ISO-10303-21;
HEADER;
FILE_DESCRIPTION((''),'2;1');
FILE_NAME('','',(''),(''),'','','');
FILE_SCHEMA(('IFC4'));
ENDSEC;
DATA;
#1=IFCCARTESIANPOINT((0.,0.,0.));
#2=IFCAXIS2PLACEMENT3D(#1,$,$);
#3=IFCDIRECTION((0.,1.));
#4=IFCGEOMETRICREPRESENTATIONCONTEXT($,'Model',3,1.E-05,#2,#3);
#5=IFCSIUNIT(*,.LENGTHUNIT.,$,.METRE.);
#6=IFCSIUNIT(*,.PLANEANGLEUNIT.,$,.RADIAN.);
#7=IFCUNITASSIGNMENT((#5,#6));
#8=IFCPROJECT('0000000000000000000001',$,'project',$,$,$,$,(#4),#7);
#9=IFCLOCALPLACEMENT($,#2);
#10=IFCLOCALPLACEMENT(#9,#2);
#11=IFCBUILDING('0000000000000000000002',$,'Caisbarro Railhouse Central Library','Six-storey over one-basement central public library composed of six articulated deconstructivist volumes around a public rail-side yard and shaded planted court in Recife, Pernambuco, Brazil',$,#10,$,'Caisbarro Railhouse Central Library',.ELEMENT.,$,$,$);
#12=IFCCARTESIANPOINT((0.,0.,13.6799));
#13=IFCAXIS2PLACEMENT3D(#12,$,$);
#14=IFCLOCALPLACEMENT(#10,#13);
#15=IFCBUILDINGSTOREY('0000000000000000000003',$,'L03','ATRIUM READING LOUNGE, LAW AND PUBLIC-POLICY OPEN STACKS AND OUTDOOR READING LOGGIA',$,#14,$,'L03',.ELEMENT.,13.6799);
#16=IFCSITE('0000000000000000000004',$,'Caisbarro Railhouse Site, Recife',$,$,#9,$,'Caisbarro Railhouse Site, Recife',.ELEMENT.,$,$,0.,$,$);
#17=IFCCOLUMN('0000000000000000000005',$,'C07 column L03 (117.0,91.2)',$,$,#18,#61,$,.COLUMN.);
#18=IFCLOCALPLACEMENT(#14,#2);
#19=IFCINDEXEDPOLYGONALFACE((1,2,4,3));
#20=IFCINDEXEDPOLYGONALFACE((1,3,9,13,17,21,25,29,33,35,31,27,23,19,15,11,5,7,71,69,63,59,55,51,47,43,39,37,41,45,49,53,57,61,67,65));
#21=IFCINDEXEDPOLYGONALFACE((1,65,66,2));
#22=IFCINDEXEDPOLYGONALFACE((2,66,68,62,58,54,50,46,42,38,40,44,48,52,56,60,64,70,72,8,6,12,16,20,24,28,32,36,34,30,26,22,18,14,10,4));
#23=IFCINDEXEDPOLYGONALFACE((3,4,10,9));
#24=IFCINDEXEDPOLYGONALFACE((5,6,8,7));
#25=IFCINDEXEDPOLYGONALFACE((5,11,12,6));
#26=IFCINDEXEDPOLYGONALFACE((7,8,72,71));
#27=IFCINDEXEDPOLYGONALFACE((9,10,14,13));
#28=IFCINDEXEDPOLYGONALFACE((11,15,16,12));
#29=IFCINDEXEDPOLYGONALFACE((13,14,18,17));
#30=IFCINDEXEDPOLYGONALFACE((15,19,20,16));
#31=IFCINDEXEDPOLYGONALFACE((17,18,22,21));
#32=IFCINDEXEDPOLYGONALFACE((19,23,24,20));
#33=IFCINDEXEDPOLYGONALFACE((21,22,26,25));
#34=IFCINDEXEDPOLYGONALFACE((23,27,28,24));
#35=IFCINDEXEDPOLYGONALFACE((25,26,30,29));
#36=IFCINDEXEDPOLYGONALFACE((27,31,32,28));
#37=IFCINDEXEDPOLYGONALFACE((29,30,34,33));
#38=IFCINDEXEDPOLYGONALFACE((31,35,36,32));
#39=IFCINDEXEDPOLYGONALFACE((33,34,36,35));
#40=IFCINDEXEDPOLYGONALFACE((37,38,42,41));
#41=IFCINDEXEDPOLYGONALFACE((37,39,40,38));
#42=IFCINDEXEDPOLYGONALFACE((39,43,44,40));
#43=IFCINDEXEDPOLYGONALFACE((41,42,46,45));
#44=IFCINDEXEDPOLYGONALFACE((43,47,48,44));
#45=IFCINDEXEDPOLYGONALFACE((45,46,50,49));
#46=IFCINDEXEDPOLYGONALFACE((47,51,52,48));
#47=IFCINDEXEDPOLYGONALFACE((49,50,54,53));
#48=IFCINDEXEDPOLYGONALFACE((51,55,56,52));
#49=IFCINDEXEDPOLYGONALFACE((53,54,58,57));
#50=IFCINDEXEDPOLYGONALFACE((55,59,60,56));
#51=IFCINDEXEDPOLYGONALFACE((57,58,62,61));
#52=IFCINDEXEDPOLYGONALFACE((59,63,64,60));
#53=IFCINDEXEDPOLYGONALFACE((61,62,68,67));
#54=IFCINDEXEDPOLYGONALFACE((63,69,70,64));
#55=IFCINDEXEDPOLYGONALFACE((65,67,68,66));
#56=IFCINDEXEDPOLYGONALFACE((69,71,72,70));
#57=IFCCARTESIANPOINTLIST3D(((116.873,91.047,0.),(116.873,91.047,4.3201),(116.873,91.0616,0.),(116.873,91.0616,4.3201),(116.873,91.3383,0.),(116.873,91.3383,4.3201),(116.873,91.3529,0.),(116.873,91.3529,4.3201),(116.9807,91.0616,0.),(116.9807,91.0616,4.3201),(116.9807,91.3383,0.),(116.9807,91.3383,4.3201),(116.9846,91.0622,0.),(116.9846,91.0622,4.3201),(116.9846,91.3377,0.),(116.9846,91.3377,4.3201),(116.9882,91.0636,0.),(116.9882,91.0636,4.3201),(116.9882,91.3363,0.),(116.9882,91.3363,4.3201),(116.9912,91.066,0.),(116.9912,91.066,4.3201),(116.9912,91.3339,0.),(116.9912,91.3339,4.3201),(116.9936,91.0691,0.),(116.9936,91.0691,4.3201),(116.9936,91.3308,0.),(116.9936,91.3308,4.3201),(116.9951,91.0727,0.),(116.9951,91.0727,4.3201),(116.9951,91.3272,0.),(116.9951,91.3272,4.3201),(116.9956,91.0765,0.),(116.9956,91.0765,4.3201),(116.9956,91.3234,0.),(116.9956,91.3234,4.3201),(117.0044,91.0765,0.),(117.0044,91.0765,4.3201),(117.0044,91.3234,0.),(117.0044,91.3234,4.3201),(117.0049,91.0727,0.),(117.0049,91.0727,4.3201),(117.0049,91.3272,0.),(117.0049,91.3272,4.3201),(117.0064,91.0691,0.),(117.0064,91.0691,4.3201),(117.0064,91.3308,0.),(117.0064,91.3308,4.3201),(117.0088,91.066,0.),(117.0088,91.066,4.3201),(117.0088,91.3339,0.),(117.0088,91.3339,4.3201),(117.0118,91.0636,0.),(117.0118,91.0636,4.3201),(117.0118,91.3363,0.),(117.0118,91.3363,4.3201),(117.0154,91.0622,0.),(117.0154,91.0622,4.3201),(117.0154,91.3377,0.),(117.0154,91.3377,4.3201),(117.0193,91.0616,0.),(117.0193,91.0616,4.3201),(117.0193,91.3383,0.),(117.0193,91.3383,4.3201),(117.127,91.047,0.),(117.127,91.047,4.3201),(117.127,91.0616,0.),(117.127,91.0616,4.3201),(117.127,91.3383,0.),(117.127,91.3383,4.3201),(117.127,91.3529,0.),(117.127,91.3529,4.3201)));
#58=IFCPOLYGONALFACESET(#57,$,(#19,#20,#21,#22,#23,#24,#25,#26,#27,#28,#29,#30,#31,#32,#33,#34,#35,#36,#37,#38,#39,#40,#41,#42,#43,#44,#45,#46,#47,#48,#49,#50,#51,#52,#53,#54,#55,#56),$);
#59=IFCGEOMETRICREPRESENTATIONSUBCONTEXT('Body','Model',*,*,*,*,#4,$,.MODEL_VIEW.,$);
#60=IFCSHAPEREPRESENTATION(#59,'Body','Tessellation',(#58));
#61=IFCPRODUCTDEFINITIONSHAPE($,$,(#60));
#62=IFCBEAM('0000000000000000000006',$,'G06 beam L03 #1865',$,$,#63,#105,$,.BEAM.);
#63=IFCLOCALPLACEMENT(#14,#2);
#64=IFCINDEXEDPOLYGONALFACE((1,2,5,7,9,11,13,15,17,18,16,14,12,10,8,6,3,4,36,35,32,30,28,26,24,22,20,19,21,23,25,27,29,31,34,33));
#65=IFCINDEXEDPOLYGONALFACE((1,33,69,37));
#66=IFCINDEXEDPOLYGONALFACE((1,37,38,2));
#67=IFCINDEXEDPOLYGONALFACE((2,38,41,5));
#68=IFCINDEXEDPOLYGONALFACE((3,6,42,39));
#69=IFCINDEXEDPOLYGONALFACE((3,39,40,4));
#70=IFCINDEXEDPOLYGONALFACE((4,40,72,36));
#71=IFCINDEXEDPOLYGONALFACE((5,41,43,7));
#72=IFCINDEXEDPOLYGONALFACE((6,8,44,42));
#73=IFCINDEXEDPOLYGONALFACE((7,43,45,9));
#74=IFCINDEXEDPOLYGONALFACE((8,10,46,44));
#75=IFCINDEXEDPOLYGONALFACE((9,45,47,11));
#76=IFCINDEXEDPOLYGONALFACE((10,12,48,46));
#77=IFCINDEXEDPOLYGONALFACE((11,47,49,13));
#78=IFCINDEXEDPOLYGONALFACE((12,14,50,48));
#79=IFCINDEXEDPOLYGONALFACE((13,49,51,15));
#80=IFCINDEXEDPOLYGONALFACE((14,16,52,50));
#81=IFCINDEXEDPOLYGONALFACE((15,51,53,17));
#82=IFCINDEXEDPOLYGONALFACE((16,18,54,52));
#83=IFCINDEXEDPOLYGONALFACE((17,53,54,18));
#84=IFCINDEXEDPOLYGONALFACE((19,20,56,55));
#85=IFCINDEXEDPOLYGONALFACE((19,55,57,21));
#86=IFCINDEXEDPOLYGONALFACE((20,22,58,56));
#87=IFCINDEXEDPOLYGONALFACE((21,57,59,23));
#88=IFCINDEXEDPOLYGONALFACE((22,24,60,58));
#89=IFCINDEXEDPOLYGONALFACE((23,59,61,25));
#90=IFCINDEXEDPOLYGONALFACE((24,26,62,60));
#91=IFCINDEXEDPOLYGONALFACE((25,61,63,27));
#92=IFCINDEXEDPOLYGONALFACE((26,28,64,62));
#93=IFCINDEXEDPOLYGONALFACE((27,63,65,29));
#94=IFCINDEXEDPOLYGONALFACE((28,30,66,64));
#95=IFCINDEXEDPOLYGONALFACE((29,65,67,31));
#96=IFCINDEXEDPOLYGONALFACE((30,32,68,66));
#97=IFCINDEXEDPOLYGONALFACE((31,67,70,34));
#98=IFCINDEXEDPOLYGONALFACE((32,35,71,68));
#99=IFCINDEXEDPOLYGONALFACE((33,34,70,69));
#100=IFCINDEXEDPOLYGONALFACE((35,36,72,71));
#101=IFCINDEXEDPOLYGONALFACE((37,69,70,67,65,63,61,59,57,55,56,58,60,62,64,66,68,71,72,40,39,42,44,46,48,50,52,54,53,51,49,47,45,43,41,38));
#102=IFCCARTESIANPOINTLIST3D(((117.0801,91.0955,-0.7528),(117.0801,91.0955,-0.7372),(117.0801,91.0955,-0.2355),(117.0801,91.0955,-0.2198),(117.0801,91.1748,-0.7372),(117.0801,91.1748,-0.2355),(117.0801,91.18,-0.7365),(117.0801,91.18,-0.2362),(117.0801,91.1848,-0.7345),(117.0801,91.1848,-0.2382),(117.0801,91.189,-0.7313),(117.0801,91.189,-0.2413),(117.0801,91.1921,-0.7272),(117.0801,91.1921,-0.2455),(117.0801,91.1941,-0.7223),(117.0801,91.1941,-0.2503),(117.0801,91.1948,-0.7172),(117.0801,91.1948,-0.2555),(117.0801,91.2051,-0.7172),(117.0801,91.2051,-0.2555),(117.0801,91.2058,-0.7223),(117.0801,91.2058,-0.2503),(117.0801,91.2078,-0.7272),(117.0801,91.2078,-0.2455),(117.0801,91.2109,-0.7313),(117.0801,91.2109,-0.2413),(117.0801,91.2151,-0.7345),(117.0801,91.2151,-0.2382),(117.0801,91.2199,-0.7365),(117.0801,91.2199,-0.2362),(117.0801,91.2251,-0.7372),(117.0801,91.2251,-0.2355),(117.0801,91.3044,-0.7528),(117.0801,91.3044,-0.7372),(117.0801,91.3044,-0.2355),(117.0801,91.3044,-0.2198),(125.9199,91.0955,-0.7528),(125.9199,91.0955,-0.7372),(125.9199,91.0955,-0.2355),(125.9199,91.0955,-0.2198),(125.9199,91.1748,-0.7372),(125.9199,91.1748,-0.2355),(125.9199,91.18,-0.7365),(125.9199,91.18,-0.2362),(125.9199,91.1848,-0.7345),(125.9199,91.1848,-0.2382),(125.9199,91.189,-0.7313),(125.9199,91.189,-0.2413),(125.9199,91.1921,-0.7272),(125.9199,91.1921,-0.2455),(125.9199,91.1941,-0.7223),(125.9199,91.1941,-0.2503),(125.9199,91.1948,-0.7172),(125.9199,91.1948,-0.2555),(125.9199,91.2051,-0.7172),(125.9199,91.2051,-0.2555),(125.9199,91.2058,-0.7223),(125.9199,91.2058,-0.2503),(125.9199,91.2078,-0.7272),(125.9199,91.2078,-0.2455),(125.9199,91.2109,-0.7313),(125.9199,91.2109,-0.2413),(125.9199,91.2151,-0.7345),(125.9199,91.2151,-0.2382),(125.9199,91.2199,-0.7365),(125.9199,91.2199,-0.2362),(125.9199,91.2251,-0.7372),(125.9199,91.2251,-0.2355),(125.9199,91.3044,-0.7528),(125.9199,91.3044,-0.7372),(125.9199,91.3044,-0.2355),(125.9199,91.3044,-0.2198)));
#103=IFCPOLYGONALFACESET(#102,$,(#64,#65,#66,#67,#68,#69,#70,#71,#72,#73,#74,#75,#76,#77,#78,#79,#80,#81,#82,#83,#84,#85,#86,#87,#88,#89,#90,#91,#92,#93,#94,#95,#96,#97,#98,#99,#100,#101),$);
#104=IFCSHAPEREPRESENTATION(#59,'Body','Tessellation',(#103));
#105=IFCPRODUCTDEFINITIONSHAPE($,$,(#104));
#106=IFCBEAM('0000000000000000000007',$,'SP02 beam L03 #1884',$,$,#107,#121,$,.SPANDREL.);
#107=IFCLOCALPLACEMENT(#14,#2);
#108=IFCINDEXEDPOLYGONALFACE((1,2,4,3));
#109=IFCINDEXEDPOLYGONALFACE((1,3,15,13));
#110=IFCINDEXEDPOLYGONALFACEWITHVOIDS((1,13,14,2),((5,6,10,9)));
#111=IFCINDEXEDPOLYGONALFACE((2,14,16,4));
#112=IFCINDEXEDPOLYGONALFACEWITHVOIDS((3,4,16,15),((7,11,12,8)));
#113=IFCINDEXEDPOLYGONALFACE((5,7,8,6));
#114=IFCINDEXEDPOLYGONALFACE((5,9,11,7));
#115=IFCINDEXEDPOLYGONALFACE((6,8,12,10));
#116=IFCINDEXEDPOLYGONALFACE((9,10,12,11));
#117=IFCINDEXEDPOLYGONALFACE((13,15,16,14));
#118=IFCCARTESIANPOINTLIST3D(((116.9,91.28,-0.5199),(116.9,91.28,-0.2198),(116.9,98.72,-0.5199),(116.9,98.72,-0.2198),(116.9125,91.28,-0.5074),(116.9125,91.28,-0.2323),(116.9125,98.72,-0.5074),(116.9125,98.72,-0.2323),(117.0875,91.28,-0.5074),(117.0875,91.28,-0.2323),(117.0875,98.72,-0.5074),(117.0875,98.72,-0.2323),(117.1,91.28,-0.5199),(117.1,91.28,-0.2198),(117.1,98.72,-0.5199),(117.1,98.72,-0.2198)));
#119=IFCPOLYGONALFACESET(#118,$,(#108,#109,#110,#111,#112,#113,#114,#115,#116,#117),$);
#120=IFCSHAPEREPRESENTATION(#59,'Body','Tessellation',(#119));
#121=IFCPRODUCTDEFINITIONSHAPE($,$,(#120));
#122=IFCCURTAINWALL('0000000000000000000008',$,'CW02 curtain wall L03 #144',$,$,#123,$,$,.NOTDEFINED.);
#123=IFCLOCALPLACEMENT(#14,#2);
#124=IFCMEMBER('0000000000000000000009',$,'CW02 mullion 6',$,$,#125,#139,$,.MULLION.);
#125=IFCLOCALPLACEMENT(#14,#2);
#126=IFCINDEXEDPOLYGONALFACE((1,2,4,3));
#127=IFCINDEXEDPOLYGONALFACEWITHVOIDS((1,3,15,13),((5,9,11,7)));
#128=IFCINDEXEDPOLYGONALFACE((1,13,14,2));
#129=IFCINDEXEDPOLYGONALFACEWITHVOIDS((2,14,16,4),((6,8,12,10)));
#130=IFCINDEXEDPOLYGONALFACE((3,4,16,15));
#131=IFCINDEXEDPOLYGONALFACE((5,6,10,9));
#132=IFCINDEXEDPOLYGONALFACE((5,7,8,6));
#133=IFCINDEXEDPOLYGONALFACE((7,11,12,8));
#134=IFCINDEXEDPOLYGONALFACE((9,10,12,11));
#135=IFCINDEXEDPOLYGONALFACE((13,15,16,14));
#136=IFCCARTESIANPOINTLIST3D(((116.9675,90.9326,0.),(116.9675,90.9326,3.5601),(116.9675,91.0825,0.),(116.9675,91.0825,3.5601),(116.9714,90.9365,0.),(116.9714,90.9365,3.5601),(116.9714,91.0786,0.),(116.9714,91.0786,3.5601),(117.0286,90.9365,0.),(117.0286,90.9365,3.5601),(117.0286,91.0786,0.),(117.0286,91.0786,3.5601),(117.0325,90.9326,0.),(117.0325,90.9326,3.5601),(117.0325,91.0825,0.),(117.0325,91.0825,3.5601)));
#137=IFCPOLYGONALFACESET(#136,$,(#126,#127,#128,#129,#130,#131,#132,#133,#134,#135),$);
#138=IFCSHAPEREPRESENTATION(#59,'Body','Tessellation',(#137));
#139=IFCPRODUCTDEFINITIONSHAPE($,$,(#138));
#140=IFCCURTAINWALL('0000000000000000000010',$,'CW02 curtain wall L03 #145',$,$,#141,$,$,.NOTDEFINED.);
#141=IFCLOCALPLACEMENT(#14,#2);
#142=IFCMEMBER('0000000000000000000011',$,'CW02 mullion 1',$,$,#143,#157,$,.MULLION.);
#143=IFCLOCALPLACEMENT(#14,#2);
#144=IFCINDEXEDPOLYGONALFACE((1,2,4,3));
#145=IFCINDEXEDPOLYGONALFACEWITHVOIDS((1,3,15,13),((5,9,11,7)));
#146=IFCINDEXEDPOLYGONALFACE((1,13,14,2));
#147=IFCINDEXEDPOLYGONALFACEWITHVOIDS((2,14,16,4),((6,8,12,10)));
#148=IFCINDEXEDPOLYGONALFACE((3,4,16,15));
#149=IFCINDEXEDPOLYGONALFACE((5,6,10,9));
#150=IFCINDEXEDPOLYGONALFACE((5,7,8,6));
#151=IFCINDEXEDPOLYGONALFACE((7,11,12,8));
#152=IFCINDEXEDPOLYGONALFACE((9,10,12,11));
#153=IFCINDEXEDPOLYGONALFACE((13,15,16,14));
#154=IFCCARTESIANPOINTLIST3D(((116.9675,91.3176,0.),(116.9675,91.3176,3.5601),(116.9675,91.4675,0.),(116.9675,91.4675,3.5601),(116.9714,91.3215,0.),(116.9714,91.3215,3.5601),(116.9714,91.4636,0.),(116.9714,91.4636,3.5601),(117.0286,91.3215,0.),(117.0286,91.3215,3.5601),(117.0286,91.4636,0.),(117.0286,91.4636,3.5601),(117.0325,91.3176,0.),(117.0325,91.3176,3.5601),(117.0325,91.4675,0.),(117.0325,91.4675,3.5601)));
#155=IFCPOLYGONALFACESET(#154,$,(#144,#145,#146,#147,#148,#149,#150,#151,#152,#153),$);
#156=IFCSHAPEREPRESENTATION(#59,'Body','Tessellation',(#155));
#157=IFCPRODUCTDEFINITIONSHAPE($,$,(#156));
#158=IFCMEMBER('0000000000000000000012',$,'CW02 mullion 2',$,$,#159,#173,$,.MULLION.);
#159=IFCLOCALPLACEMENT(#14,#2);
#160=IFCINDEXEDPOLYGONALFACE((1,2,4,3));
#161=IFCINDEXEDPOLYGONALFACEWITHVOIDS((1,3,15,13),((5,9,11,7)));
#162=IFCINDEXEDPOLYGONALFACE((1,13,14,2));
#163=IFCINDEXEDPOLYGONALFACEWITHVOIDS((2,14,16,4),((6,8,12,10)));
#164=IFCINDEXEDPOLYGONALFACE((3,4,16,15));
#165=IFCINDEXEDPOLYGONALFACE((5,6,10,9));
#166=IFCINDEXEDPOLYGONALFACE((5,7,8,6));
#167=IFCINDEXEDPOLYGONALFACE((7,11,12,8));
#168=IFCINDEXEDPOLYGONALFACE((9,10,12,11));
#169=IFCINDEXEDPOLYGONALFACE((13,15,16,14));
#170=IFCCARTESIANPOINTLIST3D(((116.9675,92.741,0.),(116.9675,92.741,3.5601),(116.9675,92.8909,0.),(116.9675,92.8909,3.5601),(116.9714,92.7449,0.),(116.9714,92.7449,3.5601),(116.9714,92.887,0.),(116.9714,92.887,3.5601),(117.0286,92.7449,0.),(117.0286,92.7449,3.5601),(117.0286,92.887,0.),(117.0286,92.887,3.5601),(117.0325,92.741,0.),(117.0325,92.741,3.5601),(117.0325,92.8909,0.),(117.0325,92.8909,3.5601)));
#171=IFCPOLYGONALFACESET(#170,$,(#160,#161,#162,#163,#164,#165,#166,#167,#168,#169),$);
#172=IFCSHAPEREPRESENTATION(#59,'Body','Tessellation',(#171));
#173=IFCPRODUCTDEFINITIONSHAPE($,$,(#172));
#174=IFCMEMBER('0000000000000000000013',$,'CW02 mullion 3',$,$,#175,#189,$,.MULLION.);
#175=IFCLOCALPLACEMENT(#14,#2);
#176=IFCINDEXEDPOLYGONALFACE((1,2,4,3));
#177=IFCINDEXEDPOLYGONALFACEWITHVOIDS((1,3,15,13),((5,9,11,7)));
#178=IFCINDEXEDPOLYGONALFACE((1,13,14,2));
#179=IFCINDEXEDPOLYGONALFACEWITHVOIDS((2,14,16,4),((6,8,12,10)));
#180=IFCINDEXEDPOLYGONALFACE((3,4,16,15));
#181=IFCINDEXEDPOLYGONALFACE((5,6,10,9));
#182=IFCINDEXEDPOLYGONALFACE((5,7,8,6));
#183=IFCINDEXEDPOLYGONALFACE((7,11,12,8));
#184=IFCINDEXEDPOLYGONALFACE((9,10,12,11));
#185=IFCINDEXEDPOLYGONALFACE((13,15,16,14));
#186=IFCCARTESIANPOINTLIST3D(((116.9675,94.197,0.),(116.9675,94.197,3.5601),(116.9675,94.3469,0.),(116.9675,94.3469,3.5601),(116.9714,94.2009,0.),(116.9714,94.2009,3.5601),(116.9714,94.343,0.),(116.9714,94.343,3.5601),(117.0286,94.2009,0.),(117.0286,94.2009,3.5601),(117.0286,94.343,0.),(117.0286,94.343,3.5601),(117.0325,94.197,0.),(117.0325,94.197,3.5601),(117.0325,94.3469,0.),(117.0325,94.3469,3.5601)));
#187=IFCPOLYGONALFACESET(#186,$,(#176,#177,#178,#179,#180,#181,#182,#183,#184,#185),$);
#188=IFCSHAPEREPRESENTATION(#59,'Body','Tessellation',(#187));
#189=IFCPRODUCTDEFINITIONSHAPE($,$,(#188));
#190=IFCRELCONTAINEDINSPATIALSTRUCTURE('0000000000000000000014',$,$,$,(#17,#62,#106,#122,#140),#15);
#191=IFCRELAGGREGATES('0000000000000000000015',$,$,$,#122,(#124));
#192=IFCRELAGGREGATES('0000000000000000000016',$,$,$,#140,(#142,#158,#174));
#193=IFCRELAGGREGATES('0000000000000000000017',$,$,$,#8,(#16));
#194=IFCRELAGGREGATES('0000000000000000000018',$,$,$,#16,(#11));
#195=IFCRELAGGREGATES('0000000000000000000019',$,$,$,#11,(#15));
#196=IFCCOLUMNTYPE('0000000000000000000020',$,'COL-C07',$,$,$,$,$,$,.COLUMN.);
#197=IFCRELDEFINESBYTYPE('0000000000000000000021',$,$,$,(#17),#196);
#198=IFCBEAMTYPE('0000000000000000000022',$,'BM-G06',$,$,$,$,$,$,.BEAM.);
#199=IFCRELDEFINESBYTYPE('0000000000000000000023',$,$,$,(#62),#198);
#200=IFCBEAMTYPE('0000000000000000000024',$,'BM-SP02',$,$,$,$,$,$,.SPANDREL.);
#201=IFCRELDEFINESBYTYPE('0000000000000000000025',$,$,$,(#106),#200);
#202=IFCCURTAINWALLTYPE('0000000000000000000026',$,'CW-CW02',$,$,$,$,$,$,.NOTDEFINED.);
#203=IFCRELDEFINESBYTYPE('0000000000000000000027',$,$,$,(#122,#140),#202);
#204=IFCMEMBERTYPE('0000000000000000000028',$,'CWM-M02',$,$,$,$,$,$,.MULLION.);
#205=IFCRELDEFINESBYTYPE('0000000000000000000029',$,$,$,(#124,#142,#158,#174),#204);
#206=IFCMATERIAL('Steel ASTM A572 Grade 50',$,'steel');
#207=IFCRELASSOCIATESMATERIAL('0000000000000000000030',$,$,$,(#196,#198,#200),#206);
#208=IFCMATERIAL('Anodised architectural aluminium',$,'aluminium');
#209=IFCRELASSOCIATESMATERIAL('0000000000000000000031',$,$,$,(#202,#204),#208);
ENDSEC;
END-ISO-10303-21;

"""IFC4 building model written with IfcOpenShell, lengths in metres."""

from ifc_helpers import new_model, si_unit, direction, frame, origin, origin_2d, place, context, subcontext, project, spatial, hollow_rectangle, i_section, extrude, material, material_profile, profile_set, type_object, element, aggregate, save


model = new_model("IFC4")

# Units and contexts
model_context = context("Model", 3, precision=1e-05, world=origin(), true_north=direction((0.0, 1.0)))
body_context = subcontext(model_context, "Body", "Model", "MODEL_VIEW")
ifc_project = project(units=[si_unit("LENGTHUNIT", "METRE"), si_unit("PLANEANGLEUNIT", "RADIAN")], contexts=[model_context])

# Site, building, storey
site_placement = place(None, origin())
site = spatial("IfcSite", under=ifc_project, at=site_placement, Name="Caisbarro Railhouse Site, Recife", LongName="Caisbarro Railhouse Site, Recife", CompositionType="ELEMENT", RefElevation=0.0)
building_placement = place(site_placement, origin())
building = spatial("IfcBuilding", under=site, at=building_placement, Name="Caisbarro Railhouse Central Library", Description="Six-storey over one-basement central public library composed of six articulated deconstructivist volumes around a public rail-side yard and shaded planted court in Recife, Pernambuco, Brazil", LongName="Caisbarro Railhouse Central Library", CompositionType="ELEMENT")
storey_placement = place(building_placement, frame((0.0, 0.0, 13.6799)))
storey = spatial("IfcBuildingStorey", under=building, at=storey_placement, Name="L03", Description="ATRIUM READING LOUNGE, LAW AND PUBLIC-POLICY OPEN STACKS AND OUTDOOR READING LOGGIA", LongName="L03", CompositionType="ELEMENT", Elevation=13.6799)

# Column
ifc_material_1 = material(Name="Steel ASTM A572 Grade 50", Category="steel")
ifc_material_profile_1 = material_profile(ifc_material_1, i_section(OverallWidth=0.2539, OverallDepth=0.3059, WebThickness=0.0088, FlangeThickness=0.0146, FilletRadius=0.0149, at=origin_2d()), Name="W310X79.0")
ifc_profile_set_1 = profile_set([ifc_material_profile_1], Name="Steel ASTM A572 Grade 50")
column_type = type_object("IfcColumnType", Name="COL-C07", PredefinedType="COLUMN", material=ifc_profile_set_1)
column_placement = place(storey_placement, frame((117.0, 91.2, 0.0), z_axis=(0.0, 0.0, 1.0), x_axis=(1.0, 0.0, 0.0)))
element("IfcColumn", 1, at=column_placement, inside=storey, type_object=column_type, Name="C07 column L03 (117.0,91.2)", PredefinedType="COLUMN", context=body_context, shape_type="SweptSolid", body=[
    extrude(i_section(OverallWidth=0.2539, OverallDepth=0.3059, WebThickness=0.0088, FlangeThickness=0.0146, FilletRadius=0.0149, at=origin_2d()), origin(), (0.0, 0.0, 1.0), 4.3201),
])

# Beams
ifc_material_profile_2 = material_profile(ifc_material_1, i_section(OverallWidth=0.209, OverallDepth=0.533, WebThickness=0.0103, FlangeThickness=0.0156, FilletRadius=0.02, at=origin_2d()), Name="W530X92.0")
ifc_profile_set_2 = profile_set([ifc_material_profile_2], Name="Steel ASTM A572 Grade 50")
beam_type_1 = type_object("IfcBeamType", Name="BM-G06", PredefinedType="BEAM", material=ifc_profile_set_2)
beam_1_placement = place(storey_placement, frame((117.0801, 91.2, -0.4863), z_axis=(1.0, 0.0, 0.0), x_axis=(0.0, 1.0, 0.0)))
element("IfcBeam", 2, at=beam_1_placement, inside=storey, type_object=beam_type_1, Name="G06 beam L03 #1865", PredefinedType="BEAM", context=body_context, shape_type="SweptSolid", body=[
    extrude(i_section(OverallWidth=0.209, OverallDepth=0.533, WebThickness=0.0103, FlangeThickness=0.0156, FilletRadius=0.02, at=origin_2d()), origin(), (0.0, 0.0, 1.0), 8.8398),
])
ifc_material_profile_3 = material_profile(ifc_material_1, hollow_rectangle(XDim=0.2, YDim=0.3, WallThickness=0.0125, at=origin_2d()), Name="HSS300X200X12.5")
ifc_profile_set_3 = profile_set([ifc_material_profile_3], Name="Steel ASTM A572 Grade 50")
beam_type_2 = type_object("IfcBeamType", Name="BM-SP02", PredefinedType="SPANDREL", material=ifc_profile_set_3)
beam_2_placement = place(storey_placement, frame((117.0, 91.28, -0.3699), z_axis=(0.0, 1.0, 0.0), x_axis=(-1.0, 0.0, 0.0)))
element("IfcBeam", 3, at=beam_2_placement, inside=storey, type_object=beam_type_2, Name="SP02 beam L03 #1884", PredefinedType="SPANDREL", context=body_context, shape_type="SweptSolid", body=[
    extrude(hollow_rectangle(XDim=0.2, YDim=0.3, WallThickness=0.0125, at=origin_2d()), origin(), (0.0, 0.0, 1.0), 7.4399),
])

# Curtain wall, member
ifc_material_2 = material(Name="Anodised architectural aluminium", Category="aluminium")
curtain_wall_type = type_object("IfcCurtainWallType", Name="CW-CW02", PredefinedType="NOTDEFINED", material=ifc_material_2)
curtain_wall_1_placement = place(storey_placement, origin())
curtain_wall_1 = element("IfcCurtainWall", 4, at=curtain_wall_1_placement, inside=storey, type_object=curtain_wall_type, Name="CW02 curtain wall L03 #144", PredefinedType="NOTDEFINED")
ifc_material_profile_4 = material_profile(ifc_material_2, hollow_rectangle(XDim=0.0649, YDim=0.1499, WallThickness=0.0039, at=origin_2d()), Name="ALU-MUL-65X150")
ifc_profile_set_4 = profile_set([ifc_material_profile_4], Name="Anodised architectural aluminium")
member_type_1 = type_object("IfcMemberType", Name="CWM-M02", PredefinedType="MULLION", material=ifc_profile_set_4)
member_1_placement = place(storey_placement, frame((117.0, 91.0076, 0.0), z_axis=(0.0, 0.0, 1.0), x_axis=(-1.0, 0.0, 0.0)))
member_1 = element("IfcMember", 5, at=member_1_placement, type_object=member_type_1, Name="CW02 mullion 6", PredefinedType="MULLION", context=body_context, shape_type="SweptSolid", body=[
    extrude(hollow_rectangle(XDim=0.0649, YDim=0.1499, WallThickness=0.0039, at=origin_2d()), origin(), (0.0, 0.0, 1.0), 3.5601),
])

# Curtain wall, members
curtain_wall_2_placement = place(storey_placement, origin())
curtain_wall_2 = element("IfcCurtainWall", 6, at=curtain_wall_2_placement, inside=storey, type_object=curtain_wall_type, Name="CW02 curtain wall L03 #145", PredefinedType="NOTDEFINED")
member_2_placement = place(storey_placement, frame((117.0, 91.3926, 0.0), z_axis=(0.0, 0.0, 1.0), x_axis=(-1.0, 0.0, 0.0)))
member_2 = element("IfcMember", 7, at=member_2_placement, type_object=member_type_1, Name="CW02 mullion 1", PredefinedType="MULLION", context=body_context, shape_type="SweptSolid", body=[
    extrude(hollow_rectangle(XDim=0.0649, YDim=0.1499, WallThickness=0.0039, at=origin_2d()), origin(), (0.0, 0.0, 1.0), 3.5601),
])
member_3_placement = place(storey_placement, frame((117.0, 92.8159, 0.0), z_axis=(0.0, 0.0, 1.0), x_axis=(-1.0, 0.0, 0.0)))
member_3 = element("IfcMember", 8, at=member_3_placement, type_object=member_type_1, Name="CW02 mullion 2", PredefinedType="MULLION", context=body_context, shape_type="SweptSolid", body=[
    extrude(hollow_rectangle(XDim=0.0649, YDim=0.1499, WallThickness=0.0039, at=origin_2d()), origin(), (0.0, 0.0, 1.0), 3.5601),
])
member_4_placement = place(storey_placement, frame((117.0, 94.272, 0.0), z_axis=(0.0, 0.0, 1.0), x_axis=(-1.0, 0.0, 0.0)))
member_4 = element("IfcMember", 9, at=member_4_placement, type_object=member_type_1, Name="CW02 mullion 3", PredefinedType="MULLION", context=body_context, shape_type="SweptSolid", body=[
    extrude(hollow_rectangle(XDim=0.0649, YDim=0.1499, WallThickness=0.0039, at=origin_2d()), origin(), (0.0, 0.0, 1.0), 3.5601),
])

aggregate(curtain_wall_1, [member_1])
aggregate(curtain_wall_2, [member_2, member_3, member_4])

save(model, "model.ifc")
